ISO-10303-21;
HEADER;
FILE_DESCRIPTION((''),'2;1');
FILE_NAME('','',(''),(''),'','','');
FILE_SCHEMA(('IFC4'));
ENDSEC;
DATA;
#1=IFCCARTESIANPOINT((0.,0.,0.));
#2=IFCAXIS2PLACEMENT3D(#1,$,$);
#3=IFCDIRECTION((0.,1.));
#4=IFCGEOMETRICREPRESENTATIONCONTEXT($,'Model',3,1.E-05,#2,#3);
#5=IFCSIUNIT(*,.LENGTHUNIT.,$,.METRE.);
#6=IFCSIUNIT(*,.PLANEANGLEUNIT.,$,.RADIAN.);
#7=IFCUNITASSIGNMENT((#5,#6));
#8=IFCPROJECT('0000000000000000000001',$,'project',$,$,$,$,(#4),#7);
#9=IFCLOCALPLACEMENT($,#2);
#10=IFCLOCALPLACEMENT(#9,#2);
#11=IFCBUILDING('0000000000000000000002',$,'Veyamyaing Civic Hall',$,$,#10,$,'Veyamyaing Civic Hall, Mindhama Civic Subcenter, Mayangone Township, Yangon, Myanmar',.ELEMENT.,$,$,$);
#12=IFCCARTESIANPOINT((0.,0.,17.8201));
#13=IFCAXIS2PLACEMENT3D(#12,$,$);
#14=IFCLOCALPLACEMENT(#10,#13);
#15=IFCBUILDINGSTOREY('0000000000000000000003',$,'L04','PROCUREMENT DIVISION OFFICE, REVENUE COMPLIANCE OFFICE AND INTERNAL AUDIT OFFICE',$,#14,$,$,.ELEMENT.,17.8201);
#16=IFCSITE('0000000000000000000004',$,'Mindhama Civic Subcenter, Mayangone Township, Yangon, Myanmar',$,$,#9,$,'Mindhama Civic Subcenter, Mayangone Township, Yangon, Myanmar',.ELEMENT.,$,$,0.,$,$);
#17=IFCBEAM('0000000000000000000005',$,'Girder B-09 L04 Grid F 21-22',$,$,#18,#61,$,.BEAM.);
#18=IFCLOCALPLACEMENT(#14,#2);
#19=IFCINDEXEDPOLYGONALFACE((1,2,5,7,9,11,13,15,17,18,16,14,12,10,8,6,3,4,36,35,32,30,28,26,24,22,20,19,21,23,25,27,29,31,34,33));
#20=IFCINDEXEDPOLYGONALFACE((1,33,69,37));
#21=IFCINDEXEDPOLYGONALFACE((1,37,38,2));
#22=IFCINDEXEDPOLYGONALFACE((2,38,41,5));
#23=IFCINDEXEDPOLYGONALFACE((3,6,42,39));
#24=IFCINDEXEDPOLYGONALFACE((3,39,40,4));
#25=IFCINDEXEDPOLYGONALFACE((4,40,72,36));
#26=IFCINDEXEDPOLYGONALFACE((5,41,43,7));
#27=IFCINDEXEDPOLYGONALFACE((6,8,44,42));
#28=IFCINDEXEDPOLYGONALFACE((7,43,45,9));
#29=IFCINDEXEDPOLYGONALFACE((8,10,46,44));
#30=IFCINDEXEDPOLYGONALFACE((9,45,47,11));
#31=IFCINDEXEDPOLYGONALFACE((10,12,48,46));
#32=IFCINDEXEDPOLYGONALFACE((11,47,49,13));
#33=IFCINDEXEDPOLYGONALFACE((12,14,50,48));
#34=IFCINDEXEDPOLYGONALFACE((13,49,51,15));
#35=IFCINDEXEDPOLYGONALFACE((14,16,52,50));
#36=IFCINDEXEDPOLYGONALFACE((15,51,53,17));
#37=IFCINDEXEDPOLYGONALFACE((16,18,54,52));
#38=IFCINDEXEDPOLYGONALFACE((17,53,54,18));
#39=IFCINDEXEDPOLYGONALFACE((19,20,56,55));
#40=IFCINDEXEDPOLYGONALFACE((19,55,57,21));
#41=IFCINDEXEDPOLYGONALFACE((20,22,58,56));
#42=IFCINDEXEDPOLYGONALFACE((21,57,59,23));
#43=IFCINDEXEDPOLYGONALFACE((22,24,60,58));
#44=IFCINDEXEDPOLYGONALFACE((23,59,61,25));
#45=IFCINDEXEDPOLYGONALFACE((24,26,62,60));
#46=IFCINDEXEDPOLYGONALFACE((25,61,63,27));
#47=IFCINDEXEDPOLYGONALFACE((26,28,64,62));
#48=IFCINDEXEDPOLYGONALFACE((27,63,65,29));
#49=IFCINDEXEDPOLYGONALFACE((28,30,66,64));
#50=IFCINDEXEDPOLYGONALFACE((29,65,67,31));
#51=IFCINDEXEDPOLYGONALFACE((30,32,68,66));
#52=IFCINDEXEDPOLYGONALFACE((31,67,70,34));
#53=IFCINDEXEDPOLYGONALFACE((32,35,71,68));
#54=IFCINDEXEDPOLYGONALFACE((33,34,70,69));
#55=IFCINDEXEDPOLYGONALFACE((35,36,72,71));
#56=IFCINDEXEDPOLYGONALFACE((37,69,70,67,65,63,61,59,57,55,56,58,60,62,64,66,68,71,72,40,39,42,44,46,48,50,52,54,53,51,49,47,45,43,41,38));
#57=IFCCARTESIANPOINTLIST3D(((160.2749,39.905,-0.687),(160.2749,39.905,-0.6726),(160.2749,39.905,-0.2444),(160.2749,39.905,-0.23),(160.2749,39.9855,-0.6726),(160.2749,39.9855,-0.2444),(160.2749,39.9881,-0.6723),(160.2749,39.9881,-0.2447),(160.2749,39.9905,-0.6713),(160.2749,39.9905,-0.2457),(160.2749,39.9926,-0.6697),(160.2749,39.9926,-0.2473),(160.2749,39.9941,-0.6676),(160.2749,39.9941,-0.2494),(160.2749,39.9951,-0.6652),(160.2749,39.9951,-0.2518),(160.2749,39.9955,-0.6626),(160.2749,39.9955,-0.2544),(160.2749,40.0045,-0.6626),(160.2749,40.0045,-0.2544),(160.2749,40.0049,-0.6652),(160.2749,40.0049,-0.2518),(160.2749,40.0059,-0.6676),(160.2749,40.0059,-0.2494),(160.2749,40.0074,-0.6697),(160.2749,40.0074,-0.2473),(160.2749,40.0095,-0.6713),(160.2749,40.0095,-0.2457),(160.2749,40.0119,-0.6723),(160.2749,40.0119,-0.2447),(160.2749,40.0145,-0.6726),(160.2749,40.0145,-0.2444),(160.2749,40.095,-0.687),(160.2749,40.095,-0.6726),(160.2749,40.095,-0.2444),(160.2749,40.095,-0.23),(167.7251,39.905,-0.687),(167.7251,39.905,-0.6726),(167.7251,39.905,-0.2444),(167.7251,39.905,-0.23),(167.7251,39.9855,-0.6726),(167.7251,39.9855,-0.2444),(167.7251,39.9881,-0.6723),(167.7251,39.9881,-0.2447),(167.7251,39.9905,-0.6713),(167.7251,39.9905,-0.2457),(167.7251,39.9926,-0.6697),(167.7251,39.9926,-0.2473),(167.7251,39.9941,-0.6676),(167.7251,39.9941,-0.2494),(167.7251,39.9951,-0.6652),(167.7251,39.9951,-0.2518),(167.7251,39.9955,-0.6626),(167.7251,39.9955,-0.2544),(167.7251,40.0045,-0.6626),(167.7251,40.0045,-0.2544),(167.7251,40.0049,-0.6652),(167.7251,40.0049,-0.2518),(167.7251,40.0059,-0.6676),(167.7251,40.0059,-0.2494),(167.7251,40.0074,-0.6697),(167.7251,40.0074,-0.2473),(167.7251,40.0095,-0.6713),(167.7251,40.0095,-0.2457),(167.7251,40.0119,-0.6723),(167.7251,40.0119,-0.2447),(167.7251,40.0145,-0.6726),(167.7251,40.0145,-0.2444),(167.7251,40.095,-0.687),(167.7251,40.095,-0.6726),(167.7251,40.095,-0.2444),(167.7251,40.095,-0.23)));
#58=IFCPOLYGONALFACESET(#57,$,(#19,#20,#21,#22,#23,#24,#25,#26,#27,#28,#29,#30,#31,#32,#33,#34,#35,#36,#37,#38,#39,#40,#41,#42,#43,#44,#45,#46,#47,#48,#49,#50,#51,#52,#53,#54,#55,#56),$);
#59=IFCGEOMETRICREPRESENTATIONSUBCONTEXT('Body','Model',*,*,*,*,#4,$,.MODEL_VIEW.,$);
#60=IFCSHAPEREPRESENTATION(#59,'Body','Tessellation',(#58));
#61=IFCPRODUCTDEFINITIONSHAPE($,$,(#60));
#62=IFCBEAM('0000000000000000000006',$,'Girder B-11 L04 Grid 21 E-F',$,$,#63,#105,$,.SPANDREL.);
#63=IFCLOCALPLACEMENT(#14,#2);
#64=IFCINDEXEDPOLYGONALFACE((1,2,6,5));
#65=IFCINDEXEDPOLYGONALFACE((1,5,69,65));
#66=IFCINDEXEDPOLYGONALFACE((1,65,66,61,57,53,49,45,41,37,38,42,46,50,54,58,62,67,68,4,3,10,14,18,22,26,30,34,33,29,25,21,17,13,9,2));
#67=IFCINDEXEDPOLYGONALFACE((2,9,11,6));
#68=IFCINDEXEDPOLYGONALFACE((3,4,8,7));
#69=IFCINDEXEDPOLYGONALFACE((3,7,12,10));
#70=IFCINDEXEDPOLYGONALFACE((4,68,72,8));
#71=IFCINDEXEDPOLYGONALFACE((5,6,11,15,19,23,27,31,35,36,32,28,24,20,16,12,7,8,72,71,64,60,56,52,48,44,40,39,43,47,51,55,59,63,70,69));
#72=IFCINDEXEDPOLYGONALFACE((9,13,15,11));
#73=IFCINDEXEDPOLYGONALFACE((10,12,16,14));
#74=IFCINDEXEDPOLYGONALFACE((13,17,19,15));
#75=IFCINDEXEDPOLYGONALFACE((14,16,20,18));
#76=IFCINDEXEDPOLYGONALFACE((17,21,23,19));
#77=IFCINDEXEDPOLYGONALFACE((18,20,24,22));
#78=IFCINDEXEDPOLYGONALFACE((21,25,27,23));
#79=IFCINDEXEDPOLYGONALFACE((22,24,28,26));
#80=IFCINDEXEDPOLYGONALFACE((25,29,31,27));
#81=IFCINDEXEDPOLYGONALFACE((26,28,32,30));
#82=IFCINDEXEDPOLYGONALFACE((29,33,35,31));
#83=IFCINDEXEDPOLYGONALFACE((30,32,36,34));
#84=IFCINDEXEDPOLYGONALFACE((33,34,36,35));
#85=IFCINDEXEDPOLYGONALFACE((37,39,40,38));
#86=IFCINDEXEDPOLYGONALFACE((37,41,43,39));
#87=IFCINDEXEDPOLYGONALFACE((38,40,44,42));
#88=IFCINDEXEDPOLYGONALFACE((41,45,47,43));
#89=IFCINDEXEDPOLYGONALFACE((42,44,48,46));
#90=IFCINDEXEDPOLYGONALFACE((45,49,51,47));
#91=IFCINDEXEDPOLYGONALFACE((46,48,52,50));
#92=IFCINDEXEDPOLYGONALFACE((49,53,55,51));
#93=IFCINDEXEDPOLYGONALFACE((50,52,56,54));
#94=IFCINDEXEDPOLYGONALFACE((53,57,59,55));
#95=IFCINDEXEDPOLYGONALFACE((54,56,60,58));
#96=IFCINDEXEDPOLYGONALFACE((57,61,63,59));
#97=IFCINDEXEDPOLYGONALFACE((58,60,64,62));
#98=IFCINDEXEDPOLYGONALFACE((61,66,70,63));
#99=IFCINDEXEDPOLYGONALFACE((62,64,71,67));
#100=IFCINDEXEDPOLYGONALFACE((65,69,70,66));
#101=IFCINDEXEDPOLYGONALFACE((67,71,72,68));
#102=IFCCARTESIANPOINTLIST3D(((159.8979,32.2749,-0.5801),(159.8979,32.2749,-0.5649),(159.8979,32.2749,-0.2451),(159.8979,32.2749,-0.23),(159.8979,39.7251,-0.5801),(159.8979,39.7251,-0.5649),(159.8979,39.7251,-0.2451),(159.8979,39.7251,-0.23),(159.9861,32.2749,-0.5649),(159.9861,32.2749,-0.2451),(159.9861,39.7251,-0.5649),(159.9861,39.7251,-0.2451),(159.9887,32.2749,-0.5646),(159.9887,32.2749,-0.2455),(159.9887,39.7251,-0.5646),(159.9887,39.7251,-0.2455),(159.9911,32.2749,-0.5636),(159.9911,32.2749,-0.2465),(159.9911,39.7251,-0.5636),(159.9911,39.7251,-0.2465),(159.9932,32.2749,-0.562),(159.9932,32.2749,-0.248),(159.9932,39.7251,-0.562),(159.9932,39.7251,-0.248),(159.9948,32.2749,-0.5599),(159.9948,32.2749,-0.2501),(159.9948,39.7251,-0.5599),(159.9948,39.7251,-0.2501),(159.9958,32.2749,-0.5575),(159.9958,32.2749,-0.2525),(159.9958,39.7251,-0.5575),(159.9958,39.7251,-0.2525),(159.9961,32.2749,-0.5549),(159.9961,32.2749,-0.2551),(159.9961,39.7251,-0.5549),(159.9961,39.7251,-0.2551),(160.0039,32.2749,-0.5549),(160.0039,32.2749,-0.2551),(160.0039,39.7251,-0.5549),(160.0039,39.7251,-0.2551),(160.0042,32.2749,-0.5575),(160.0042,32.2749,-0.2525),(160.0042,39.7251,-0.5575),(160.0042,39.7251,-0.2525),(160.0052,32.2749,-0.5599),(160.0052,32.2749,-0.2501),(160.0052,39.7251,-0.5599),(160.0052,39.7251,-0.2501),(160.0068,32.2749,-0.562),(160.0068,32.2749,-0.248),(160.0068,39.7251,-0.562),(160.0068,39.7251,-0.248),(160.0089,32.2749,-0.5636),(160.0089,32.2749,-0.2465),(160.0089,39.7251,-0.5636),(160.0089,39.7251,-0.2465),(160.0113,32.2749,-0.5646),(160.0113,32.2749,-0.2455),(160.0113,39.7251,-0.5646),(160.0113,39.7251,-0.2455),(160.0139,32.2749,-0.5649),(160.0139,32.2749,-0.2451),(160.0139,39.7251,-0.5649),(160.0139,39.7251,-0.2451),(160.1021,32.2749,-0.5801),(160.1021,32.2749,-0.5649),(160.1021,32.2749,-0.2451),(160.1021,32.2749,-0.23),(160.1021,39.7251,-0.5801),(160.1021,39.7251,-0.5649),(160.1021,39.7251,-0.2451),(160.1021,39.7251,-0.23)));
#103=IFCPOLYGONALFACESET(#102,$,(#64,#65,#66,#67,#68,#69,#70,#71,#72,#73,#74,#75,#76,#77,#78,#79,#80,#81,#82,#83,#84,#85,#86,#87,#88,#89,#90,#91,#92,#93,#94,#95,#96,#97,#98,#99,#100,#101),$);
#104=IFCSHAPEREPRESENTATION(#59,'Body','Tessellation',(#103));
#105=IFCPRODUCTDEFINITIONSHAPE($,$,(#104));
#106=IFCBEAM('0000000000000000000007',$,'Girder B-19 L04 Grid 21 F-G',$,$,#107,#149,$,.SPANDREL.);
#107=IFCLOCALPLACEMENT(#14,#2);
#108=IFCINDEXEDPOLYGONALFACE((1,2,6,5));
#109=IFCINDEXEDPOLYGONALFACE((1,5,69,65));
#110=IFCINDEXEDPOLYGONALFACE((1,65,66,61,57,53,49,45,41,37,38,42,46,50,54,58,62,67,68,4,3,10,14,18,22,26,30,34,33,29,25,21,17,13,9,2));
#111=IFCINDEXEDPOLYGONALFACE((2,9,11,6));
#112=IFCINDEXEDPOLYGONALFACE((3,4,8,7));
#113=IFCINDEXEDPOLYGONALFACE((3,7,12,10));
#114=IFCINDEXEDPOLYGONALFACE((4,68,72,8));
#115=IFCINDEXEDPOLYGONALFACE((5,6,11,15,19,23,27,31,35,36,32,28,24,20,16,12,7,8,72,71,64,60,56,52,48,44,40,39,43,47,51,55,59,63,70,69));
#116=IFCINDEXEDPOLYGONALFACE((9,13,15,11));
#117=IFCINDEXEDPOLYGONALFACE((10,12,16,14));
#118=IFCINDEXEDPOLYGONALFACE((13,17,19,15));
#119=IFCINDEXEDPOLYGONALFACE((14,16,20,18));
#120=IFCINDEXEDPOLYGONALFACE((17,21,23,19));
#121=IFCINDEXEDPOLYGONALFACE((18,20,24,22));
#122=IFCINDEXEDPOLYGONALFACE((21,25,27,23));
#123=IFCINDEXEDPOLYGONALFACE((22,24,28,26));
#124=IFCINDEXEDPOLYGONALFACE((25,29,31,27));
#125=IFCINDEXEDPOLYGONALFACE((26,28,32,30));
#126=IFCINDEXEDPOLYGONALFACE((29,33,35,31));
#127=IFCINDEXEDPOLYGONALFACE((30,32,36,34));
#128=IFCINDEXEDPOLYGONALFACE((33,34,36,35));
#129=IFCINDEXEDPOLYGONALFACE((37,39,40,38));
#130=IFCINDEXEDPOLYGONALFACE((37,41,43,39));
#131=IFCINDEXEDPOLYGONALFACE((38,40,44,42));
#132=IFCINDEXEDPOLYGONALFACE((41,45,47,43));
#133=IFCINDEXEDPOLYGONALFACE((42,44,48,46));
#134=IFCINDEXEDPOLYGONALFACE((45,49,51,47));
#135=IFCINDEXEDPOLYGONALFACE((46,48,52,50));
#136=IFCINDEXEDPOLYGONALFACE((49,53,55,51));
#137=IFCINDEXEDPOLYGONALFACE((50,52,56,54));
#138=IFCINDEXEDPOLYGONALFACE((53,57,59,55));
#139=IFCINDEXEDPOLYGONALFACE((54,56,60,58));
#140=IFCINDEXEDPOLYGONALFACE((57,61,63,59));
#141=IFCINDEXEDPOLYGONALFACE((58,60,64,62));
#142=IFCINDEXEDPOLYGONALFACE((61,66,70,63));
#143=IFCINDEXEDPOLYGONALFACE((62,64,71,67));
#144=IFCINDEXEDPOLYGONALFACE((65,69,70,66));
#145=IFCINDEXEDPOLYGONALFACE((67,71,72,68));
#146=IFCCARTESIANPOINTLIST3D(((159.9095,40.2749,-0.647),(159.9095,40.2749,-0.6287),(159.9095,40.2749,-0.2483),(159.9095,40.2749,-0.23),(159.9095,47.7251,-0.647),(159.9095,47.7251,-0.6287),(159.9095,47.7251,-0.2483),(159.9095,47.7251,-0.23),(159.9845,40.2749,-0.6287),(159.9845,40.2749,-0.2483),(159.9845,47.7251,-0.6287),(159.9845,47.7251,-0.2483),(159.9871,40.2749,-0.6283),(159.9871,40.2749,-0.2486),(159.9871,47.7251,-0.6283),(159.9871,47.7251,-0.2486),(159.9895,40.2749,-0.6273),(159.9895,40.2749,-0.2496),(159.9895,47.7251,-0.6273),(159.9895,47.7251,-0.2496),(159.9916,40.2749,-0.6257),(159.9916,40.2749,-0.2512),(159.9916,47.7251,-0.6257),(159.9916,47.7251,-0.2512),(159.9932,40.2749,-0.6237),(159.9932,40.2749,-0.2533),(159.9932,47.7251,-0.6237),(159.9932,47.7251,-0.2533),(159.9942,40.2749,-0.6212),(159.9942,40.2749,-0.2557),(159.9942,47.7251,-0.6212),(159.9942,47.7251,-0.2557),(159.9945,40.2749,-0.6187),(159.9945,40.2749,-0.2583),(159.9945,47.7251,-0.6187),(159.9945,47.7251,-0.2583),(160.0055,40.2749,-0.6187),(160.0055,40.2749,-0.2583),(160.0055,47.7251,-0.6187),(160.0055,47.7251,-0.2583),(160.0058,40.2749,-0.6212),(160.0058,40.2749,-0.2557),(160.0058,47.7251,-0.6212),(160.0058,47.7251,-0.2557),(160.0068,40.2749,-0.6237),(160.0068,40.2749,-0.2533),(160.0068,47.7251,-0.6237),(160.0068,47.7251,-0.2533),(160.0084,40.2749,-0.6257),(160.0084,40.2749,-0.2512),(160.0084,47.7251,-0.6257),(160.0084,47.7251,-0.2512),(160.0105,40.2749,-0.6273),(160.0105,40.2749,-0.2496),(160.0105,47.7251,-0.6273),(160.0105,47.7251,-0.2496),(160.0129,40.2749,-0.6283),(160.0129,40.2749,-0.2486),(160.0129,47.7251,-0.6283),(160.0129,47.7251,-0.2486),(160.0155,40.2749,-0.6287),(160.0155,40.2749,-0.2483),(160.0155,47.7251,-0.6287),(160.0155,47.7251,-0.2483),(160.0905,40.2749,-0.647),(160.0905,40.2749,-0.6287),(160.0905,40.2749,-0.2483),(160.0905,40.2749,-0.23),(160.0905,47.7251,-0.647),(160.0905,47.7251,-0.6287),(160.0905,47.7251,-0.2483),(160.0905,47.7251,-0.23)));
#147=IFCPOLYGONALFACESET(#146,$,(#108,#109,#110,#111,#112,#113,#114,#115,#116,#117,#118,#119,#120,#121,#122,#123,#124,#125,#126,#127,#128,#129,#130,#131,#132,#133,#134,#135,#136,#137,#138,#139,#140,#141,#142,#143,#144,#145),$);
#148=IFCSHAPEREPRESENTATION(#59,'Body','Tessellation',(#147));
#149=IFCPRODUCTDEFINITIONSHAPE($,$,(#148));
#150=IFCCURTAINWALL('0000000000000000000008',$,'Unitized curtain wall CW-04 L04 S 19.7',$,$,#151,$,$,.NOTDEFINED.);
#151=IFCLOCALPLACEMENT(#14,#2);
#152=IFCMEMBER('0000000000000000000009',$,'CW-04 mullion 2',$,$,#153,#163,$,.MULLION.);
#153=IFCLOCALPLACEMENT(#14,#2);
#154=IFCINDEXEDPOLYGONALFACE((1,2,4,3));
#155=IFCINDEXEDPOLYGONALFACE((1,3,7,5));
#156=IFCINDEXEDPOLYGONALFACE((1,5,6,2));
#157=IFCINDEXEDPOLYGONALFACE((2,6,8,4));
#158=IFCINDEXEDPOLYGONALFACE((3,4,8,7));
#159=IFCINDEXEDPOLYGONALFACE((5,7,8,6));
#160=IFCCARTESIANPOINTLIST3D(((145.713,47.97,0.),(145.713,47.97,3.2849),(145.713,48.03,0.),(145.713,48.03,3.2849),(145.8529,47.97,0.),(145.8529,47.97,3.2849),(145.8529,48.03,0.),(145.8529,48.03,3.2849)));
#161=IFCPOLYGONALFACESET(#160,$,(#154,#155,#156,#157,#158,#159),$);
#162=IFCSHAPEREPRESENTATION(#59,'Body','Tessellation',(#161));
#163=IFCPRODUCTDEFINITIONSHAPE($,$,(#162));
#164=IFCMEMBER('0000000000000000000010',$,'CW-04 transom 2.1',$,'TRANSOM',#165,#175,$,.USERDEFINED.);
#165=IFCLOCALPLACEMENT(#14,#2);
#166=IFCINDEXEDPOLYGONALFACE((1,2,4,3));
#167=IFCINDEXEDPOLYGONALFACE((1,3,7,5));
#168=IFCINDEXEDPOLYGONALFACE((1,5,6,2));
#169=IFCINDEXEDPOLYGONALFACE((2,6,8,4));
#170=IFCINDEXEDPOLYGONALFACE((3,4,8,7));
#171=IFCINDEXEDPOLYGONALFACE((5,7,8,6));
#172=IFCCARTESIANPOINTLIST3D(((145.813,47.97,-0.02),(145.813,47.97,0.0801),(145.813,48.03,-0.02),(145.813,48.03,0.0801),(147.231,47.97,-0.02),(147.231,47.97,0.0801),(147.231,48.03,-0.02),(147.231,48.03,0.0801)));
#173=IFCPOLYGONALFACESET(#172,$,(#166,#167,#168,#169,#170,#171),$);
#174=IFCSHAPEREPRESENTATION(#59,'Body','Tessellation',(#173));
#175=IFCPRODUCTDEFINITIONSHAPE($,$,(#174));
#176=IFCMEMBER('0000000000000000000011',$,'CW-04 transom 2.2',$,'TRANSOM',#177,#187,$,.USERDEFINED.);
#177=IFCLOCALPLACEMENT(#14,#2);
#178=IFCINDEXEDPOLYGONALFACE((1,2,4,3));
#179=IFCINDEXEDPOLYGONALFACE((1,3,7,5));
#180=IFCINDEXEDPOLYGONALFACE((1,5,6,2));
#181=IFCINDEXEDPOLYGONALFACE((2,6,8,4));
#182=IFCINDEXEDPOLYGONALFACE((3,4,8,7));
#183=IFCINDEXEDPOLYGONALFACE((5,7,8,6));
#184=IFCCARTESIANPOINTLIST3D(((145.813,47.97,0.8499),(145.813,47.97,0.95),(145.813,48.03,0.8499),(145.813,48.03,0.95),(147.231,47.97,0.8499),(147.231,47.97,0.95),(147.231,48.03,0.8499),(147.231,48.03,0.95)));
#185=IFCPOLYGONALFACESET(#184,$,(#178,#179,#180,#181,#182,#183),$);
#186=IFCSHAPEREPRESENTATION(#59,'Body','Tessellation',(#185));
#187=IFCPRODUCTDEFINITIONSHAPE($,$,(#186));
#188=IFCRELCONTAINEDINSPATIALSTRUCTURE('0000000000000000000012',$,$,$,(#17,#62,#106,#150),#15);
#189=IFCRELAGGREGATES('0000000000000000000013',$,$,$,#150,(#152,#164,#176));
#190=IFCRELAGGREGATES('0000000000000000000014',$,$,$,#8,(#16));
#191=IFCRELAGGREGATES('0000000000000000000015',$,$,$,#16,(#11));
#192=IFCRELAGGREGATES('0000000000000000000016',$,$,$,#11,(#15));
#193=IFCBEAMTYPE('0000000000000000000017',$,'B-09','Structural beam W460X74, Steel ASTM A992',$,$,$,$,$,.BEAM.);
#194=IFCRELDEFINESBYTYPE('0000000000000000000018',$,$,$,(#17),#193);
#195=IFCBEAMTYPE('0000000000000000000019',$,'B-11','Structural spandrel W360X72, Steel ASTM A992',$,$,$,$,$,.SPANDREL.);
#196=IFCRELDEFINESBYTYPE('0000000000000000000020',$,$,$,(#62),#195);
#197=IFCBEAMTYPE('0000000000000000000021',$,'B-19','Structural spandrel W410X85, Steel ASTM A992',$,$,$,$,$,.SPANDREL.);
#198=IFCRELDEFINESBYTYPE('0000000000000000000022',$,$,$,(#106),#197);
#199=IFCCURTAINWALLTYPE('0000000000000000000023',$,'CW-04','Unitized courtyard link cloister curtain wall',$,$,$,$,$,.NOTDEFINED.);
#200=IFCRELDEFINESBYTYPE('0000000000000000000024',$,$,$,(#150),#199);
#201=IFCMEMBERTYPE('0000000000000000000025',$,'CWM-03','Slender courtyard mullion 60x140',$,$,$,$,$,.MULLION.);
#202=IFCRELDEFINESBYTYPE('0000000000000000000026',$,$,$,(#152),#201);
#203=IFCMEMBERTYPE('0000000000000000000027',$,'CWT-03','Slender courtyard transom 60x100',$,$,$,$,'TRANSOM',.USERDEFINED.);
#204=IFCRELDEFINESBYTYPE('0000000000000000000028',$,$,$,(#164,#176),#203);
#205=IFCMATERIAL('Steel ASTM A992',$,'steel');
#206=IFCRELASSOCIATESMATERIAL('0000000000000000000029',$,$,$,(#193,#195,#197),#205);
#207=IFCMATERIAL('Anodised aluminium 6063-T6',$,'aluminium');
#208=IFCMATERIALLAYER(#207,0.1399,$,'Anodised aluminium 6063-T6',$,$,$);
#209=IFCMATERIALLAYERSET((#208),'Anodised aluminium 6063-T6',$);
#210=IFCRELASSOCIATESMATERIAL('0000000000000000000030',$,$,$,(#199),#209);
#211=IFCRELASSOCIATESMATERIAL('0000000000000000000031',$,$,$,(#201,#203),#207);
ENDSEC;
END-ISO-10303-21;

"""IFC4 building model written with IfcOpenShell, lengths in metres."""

from ifc_helpers import new_model, si_unit, direction, frame, origin, origin_2d, place, context, subcontext, project, spatial, rectangle, i_section, extrude, material, layer, layer_set, material_profile, profile_set, type_object, element, aggregate, save


model = new_model("IFC4")

# Units and contexts
model_context = context("Model", 3, precision=1e-05, world=origin(), true_north=direction((0.0, 1.0)))
body_context = subcontext(model_context, "Body", "Model", "MODEL_VIEW")
ifc_project = project(units=[si_unit("LENGTHUNIT", "METRE"), si_unit("PLANEANGLEUNIT", "RADIAN")], contexts=[model_context])

# Site, building, storey
site_placement = place(None, origin())
site = spatial("IfcSite", under=ifc_project, at=site_placement, Name="Mindhama Civic Subcenter, Mayangone Township, Yangon, Myanmar", LongName="Mindhama Civic Subcenter, Mayangone Township, Yangon, Myanmar", CompositionType="ELEMENT", RefElevation=0.0)
building_placement = place(site_placement, origin())
building = spatial("IfcBuilding", under=site, at=building_placement, Name="Veyamyaing Civic Hall", LongName="Veyamyaing Civic Hall, Mindhama Civic Subcenter, Mayangone Township, Yangon, Myanmar", CompositionType="ELEMENT")
storey_placement = place(building_placement, frame((0.0, 0.0, 17.8201)))
storey = spatial("IfcBuildingStorey", under=building, at=storey_placement, Name="L04", Description="PROCUREMENT DIVISION OFFICE, REVENUE COMPLIANCE OFFICE AND INTERNAL AUDIT OFFICE", CompositionType="ELEMENT", Elevation=17.8201)

# Beams
ifc_material_1 = material(Name="Steel ASTM A992", Category="steel")
ifc_material_profile_1 = material_profile(ifc_material_1, i_section(OverallWidth=0.1899, OverallDepth=0.457, WebThickness=0.009, FlangeThickness=0.0144, FilletRadius=0.01, at=origin_2d()), Name="W460X74")
ifc_profile_set_1 = profile_set([ifc_material_profile_1], Name="Steel ASTM A992")
beam_type_1 = type_object("IfcBeamType", Name="B-09", Description="Structural beam W460X74, Steel ASTM A992", PredefinedType="BEAM", material=ifc_profile_set_1)
beam_1_placement = place(storey_placement, frame((160.2749, 40.0, -0.4585), z_axis=(1.0, 0.0, 0.0), x_axis=(0.0, 1.0, 0.0)))
element("IfcBeam", 1, at=beam_1_placement, inside=storey, type_object=beam_type_1, Name="Girder B-09 L04 Grid F 21-22", PredefinedType="BEAM", context=body_context, shape_type="SweptSolid", body=[
    extrude(i_section(OverallWidth=0.1899, OverallDepth=0.457, WebThickness=0.009, FlangeThickness=0.0144, FilletRadius=0.01, at=origin_2d()), origin(), (0.0, 0.0, 1.0), 7.4502),
])
ifc_material_profile_2 = material_profile(ifc_material_1, i_section(OverallWidth=0.2041, OverallDepth=0.3501, WebThickness=0.0078, FlangeThickness=0.0151, FilletRadius=0.01, at=origin_2d()), Name="W360X72")
ifc_profile_set_2 = profile_set([ifc_material_profile_2], Name="Steel ASTM A992")
beam_type_2 = type_object("IfcBeamType", Name="B-11", Description="Structural spandrel W360X72, Steel ASTM A992", PredefinedType="SPANDREL", material=ifc_profile_set_2)
beam_2_placement = place(storey_placement, frame((160.0, 32.2749, -0.405), z_axis=(0.0, 1.0, 0.0), x_axis=(-1.0, 0.0, 0.0)))
element("IfcBeam", 2, at=beam_2_placement, inside=storey, type_object=beam_type_2, Name="Girder B-11 L04 Grid 21 E-F", PredefinedType="SPANDREL", context=body_context, shape_type="SweptSolid", body=[
    extrude(i_section(OverallWidth=0.2041, OverallDepth=0.3501, WebThickness=0.0078, FlangeThickness=0.0151, FilletRadius=0.01, at=origin_2d()), origin(), (0.0, 0.0, 1.0), 7.4502),
])
ifc_material_profile_3 = material_profile(ifc_material_1, i_section(OverallWidth=0.1809, OverallDepth=0.417, WebThickness=0.011, FlangeThickness=0.0183, FilletRadius=0.01, at=origin_2d()), Name="W410X85")
ifc_profile_set_3 = profile_set([ifc_material_profile_3], Name="Steel ASTM A992")
beam_type_3 = type_object("IfcBeamType", Name="B-19", Description="Structural spandrel W410X85, Steel ASTM A992", PredefinedType="SPANDREL", material=ifc_profile_set_3)
beam_3_placement = place(storey_placement, frame((160.0, 40.2749, -0.4385), z_axis=(0.0, 1.0, 0.0), x_axis=(-1.0, 0.0, 0.0)))
element("IfcBeam", 3, at=beam_3_placement, inside=storey, type_object=beam_type_3, Name="Girder B-19 L04 Grid 21 F-G", PredefinedType="SPANDREL", context=body_context, shape_type="SweptSolid", body=[
    extrude(i_section(OverallWidth=0.1809, OverallDepth=0.417, WebThickness=0.011, FlangeThickness=0.0183, FilletRadius=0.01, at=origin_2d()), origin(), (0.0, 0.0, 1.0), 7.4502),
])

# Curtain wall, members
ifc_material_2 = material(Name="Anodised aluminium 6063-T6", Category="aluminium")
ifc_layer_1 = layer(ifc_material_2, 0.1399, Name="Anodised aluminium 6063-T6")
ifc_layer_set_1 = layer_set([ifc_layer_1], Name="Anodised aluminium 6063-T6")
curtain_wall_type = type_object("IfcCurtainWallType", Name="CW-04", Description="Unitized courtyard link cloister curtain wall", PredefinedType="NOTDEFINED", material=ifc_layer_set_1)
curtain_wall_placement = place(storey_placement, origin())
curtain_wall = element("IfcCurtainWall", 4, at=curtain_wall_placement, inside=storey, type_object=curtain_wall_type, Name="Unitized curtain wall CW-04 L04 S 19.7", PredefinedType="NOTDEFINED")
ifc_material_profile_4 = material_profile(ifc_material_2, rectangle(XDim=0.0601, YDim=0.1399, at=origin_2d()), Name="ALU-MUL-60X140")
ifc_profile_set_4 = profile_set([ifc_material_profile_4], Name="Anodised aluminium 6063-T6")
member_type_1 = type_object("IfcMemberType", Name="CWM-03", Description="Slender courtyard mullion 60x140", PredefinedType="MULLION", material=ifc_profile_set_4)
member_1_placement = place(storey_placement, frame((145.783, 48.0, 0.0), z_axis=(0.0, 0.0, 1.0), x_axis=(0.0, 1.0, 0.0)))
member_1 = element("IfcMember", 5, at=member_1_placement, type_object=member_type_1, Name="CW-04 mullion 2", PredefinedType="MULLION", context=body_context, shape_type="SweptSolid", body=[
    extrude(rectangle(XDim=0.0601, YDim=0.1399, at=origin_2d()), origin(), (0.0, 0.0, 1.0), 3.2849),
])
ifc_material_profile_5 = material_profile(ifc_material_2, rectangle(XDim=0.0601, YDim=0.1001, at=origin_2d()), Name="ALU-TRN-60X100")
ifc_profile_set_5 = profile_set([ifc_material_profile_5], Name="Anodised aluminium 6063-T6")
member_type_2 = type_object("IfcMemberType", Name="CWT-03", Description="Slender courtyard transom 60x100", ElementType="TRANSOM", PredefinedType="USERDEFINED", material=ifc_profile_set_5)
member_2_placement = place(storey_placement, frame((145.813, 48.0, 0.03), z_axis=(1.0, 0.0, 0.0), x_axis=(0.0, 1.0, 0.0)))
member_2 = element("IfcMember", 6, at=member_2_placement, type_object=member_type_2, Name="CW-04 transom 2.1", ObjectType="TRANSOM", PredefinedType="USERDEFINED", context=body_context, shape_type="SweptSolid", body=[
    extrude(rectangle(XDim=0.0601, YDim=0.1001, at=origin_2d()), origin(), (0.0, 0.0, 1.0), 1.418),
])
member_3_placement = place(storey_placement, frame((145.813, 48.0, 0.8999), z_axis=(1.0, 0.0, 0.0), x_axis=(0.0, 1.0, 0.0)))
member_3 = element("IfcMember", 7, at=member_3_placement, type_object=member_type_2, Name="CW-04 transom 2.2", ObjectType="TRANSOM", PredefinedType="USERDEFINED", context=body_context, shape_type="SweptSolid", body=[
    extrude(rectangle(XDim=0.0601, YDim=0.1001, at=origin_2d()), origin(), (0.0, 0.0, 1.0), 1.418),
])

aggregate(curtain_wall, [member_1, member_2, member_3])

save(model, "model.ifc")
